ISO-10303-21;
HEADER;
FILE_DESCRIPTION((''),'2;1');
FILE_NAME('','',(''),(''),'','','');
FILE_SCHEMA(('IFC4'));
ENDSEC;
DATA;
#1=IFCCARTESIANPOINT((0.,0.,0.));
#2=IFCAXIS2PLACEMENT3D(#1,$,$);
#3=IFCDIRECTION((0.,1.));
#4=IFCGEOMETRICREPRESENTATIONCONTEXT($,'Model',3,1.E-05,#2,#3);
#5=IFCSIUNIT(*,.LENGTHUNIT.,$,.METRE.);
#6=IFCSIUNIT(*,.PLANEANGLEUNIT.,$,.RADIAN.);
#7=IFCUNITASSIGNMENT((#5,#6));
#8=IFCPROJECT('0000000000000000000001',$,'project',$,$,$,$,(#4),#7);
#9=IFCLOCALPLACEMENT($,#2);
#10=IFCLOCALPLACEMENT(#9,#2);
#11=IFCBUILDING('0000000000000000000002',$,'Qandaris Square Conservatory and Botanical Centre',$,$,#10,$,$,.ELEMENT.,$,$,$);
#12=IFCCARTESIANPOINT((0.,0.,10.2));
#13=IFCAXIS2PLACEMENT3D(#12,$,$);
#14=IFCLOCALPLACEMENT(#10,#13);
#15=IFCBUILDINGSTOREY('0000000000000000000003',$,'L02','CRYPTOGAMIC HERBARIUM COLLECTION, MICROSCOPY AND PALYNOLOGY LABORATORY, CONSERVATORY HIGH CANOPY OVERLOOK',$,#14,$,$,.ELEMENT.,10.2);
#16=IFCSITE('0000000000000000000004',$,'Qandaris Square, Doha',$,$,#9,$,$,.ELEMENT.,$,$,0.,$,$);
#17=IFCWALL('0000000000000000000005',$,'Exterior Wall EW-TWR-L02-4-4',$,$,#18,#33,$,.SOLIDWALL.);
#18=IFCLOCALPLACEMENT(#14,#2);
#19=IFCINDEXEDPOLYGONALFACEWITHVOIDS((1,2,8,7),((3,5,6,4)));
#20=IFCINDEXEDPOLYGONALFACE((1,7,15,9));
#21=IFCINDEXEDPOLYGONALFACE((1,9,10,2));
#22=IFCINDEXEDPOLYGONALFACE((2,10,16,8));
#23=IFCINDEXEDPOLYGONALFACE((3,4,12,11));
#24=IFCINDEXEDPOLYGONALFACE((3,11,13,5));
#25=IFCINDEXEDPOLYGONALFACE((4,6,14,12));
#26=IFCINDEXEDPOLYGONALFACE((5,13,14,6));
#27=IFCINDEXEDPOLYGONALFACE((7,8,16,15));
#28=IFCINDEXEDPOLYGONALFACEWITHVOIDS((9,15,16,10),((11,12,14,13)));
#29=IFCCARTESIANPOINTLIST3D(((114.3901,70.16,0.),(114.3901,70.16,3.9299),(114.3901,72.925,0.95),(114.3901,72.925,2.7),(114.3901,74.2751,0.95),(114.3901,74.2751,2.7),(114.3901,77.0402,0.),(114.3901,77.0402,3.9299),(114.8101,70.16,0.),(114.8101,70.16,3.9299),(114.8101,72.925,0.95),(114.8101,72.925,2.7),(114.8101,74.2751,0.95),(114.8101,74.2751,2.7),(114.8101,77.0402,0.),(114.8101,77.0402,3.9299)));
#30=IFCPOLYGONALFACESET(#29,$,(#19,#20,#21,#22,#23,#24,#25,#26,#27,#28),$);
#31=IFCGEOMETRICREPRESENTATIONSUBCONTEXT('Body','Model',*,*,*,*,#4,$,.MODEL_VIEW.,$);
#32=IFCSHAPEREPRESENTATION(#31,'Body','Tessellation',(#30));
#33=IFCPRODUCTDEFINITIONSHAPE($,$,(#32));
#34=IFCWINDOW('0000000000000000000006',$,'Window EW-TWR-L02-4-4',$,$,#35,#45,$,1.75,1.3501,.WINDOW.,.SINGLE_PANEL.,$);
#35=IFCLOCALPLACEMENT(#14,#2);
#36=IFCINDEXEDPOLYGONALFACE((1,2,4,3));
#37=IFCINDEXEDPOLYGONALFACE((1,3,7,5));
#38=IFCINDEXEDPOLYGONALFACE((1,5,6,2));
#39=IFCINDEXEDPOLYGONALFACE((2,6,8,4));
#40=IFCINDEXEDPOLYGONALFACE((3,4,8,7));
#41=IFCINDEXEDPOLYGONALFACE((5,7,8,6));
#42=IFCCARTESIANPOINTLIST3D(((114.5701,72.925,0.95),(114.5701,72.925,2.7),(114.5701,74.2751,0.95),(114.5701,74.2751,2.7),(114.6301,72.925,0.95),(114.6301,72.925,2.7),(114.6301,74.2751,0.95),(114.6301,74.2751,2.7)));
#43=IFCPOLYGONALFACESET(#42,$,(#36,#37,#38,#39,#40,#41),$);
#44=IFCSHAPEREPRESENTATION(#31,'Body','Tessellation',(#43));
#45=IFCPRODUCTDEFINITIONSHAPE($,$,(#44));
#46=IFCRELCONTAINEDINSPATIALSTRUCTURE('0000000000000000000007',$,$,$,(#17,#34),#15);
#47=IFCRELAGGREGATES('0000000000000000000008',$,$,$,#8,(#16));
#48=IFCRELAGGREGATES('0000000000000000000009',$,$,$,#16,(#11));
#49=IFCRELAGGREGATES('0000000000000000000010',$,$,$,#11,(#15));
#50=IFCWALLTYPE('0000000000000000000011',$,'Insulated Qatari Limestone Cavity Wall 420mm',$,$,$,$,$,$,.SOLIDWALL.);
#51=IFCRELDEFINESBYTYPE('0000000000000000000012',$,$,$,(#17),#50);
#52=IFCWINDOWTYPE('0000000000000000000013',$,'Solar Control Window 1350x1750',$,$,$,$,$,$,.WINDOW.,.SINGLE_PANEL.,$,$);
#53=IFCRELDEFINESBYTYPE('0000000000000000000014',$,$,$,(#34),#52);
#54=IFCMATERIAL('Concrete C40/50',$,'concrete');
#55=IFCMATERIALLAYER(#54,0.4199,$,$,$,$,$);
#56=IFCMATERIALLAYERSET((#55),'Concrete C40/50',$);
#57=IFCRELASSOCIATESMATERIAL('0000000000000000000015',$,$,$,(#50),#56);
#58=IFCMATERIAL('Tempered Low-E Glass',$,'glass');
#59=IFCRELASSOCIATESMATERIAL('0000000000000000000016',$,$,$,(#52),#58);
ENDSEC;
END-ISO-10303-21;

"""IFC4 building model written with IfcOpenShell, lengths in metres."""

from ifc_helpers import new_model, si_unit, direction, frame, frame_2d, origin, place, context, subcontext, project, spatial, rectangle, extrude, material, layer, layer_set, type_object, element, fill, save


model = new_model("IFC4")

# Units and contexts
model_context = context("Model", 3, precision=1e-05, world=origin(), true_north=direction((0.0, 1.0)))
body_context = subcontext(model_context, "Body", "Model", "MODEL_VIEW")
ifc_project = project(units=[si_unit("LENGTHUNIT", "METRE"), si_unit("PLANEANGLEUNIT", "RADIAN")], contexts=[model_context])

# Site, building, storey
site_placement = place(None, origin())
site = spatial("IfcSite", under=ifc_project, at=site_placement, Name="Qandaris Square, Doha", CompositionType="ELEMENT", RefElevation=0.0)
building_placement = place(site_placement, origin())
building = spatial("IfcBuilding", under=site, at=building_placement, Name="Qandaris Square Conservatory and Botanical Centre", CompositionType="ELEMENT")
storey_placement = place(building_placement, frame((0.0, 0.0, 10.2)))
storey = spatial("IfcBuildingStorey", under=building, at=storey_placement, Name="L02", Description="CRYPTOGAMIC HERBARIUM COLLECTION, MICROSCOPY AND PALYNOLOGY LABORATORY, CONSERVATORY HIGH CANOPY OVERLOOK", CompositionType="ELEMENT", Elevation=10.2)

# Shared definitions
ifc_material_1 = material(Name="Concrete C40/50", Category="concrete")

# Shared definitions
ifc_material_2 = material(Name="Tempered Low-E Glass", Category="glass")

# Wall, opening, window
ifc_layer_1 = layer(ifc_material_1, 0.4199)
ifc_layer_set_1 = layer_set([ifc_layer_1], Name="Concrete C40/50")
wall_type = type_object("IfcWallType", Name="Insulated Qatari Limestone Cavity Wall 420mm", PredefinedType="SOLIDWALL", material=ifc_layer_set_1)
wall_placement = place(storey_placement, frame((114.6001, 77.04, 0.0), z_axis=(0.0, 0.0, 1.0), x_axis=(0.0, -1.0, 0.0)))
wall = element("IfcWall", 1, at=wall_placement, inside=storey, type_object=wall_type, Name="Exterior Wall EW-TWR-L02-4-4", PredefinedType="SOLIDWALL", context=body_context, shape_type="SweptSolid", body=[
    extrude(rectangle(XDim=6.8801, YDim=0.4199, at=frame_2d((3.4399, 0.0))), origin(), (0.0, 0.0, 1.0), 3.9299),
])
opening_placement = place(wall_placement, frame((2.7649, 0.0, 0.95)))
opening = element("IfcOpeningElement", 2, at=opening_placement, cuts=wall, PredefinedType="OPENING", context=body_context, shape_type="SweptSolid", body=[
    extrude(rectangle(XDim=1.3501, YDim=1.75, at=frame_2d((0.675, 0.875))), frame((0.0, 0.2219, 0.0), z_axis=(0.0, -1.0, 0.0), x_axis=(1.0, 0.0, 0.0)), (0.0, 0.0, 1.0), 0.4438),
])
window_type = type_object("IfcWindowType", Name="Solar Control Window 1350x1750", PartitioningType="SINGLE_PANEL", PredefinedType="WINDOW", material=ifc_material_2)
window_placement = place(opening_placement, origin())
window = element("IfcWindow", 3, at=window_placement, inside=storey, type_object=window_type, Name="Window EW-TWR-L02-4-4", OverallHeight=1.75, OverallWidth=1.3501, PartitioningType="SINGLE_PANEL", PredefinedType="WINDOW", context=body_context, shape_type="SweptSolid", body=[
    extrude(rectangle(XDim=1.3501, YDim=1.75, at=frame_2d((0.675, 0.875))), frame((0.0, 0.03, 0.0), z_axis=(0.0, -1.0, 0.0), x_axis=(1.0, 0.0, 0.0)), (0.0, 0.0, 1.0), 0.0601),
])
fill(opening, window)

save(model, "model.ifc")
